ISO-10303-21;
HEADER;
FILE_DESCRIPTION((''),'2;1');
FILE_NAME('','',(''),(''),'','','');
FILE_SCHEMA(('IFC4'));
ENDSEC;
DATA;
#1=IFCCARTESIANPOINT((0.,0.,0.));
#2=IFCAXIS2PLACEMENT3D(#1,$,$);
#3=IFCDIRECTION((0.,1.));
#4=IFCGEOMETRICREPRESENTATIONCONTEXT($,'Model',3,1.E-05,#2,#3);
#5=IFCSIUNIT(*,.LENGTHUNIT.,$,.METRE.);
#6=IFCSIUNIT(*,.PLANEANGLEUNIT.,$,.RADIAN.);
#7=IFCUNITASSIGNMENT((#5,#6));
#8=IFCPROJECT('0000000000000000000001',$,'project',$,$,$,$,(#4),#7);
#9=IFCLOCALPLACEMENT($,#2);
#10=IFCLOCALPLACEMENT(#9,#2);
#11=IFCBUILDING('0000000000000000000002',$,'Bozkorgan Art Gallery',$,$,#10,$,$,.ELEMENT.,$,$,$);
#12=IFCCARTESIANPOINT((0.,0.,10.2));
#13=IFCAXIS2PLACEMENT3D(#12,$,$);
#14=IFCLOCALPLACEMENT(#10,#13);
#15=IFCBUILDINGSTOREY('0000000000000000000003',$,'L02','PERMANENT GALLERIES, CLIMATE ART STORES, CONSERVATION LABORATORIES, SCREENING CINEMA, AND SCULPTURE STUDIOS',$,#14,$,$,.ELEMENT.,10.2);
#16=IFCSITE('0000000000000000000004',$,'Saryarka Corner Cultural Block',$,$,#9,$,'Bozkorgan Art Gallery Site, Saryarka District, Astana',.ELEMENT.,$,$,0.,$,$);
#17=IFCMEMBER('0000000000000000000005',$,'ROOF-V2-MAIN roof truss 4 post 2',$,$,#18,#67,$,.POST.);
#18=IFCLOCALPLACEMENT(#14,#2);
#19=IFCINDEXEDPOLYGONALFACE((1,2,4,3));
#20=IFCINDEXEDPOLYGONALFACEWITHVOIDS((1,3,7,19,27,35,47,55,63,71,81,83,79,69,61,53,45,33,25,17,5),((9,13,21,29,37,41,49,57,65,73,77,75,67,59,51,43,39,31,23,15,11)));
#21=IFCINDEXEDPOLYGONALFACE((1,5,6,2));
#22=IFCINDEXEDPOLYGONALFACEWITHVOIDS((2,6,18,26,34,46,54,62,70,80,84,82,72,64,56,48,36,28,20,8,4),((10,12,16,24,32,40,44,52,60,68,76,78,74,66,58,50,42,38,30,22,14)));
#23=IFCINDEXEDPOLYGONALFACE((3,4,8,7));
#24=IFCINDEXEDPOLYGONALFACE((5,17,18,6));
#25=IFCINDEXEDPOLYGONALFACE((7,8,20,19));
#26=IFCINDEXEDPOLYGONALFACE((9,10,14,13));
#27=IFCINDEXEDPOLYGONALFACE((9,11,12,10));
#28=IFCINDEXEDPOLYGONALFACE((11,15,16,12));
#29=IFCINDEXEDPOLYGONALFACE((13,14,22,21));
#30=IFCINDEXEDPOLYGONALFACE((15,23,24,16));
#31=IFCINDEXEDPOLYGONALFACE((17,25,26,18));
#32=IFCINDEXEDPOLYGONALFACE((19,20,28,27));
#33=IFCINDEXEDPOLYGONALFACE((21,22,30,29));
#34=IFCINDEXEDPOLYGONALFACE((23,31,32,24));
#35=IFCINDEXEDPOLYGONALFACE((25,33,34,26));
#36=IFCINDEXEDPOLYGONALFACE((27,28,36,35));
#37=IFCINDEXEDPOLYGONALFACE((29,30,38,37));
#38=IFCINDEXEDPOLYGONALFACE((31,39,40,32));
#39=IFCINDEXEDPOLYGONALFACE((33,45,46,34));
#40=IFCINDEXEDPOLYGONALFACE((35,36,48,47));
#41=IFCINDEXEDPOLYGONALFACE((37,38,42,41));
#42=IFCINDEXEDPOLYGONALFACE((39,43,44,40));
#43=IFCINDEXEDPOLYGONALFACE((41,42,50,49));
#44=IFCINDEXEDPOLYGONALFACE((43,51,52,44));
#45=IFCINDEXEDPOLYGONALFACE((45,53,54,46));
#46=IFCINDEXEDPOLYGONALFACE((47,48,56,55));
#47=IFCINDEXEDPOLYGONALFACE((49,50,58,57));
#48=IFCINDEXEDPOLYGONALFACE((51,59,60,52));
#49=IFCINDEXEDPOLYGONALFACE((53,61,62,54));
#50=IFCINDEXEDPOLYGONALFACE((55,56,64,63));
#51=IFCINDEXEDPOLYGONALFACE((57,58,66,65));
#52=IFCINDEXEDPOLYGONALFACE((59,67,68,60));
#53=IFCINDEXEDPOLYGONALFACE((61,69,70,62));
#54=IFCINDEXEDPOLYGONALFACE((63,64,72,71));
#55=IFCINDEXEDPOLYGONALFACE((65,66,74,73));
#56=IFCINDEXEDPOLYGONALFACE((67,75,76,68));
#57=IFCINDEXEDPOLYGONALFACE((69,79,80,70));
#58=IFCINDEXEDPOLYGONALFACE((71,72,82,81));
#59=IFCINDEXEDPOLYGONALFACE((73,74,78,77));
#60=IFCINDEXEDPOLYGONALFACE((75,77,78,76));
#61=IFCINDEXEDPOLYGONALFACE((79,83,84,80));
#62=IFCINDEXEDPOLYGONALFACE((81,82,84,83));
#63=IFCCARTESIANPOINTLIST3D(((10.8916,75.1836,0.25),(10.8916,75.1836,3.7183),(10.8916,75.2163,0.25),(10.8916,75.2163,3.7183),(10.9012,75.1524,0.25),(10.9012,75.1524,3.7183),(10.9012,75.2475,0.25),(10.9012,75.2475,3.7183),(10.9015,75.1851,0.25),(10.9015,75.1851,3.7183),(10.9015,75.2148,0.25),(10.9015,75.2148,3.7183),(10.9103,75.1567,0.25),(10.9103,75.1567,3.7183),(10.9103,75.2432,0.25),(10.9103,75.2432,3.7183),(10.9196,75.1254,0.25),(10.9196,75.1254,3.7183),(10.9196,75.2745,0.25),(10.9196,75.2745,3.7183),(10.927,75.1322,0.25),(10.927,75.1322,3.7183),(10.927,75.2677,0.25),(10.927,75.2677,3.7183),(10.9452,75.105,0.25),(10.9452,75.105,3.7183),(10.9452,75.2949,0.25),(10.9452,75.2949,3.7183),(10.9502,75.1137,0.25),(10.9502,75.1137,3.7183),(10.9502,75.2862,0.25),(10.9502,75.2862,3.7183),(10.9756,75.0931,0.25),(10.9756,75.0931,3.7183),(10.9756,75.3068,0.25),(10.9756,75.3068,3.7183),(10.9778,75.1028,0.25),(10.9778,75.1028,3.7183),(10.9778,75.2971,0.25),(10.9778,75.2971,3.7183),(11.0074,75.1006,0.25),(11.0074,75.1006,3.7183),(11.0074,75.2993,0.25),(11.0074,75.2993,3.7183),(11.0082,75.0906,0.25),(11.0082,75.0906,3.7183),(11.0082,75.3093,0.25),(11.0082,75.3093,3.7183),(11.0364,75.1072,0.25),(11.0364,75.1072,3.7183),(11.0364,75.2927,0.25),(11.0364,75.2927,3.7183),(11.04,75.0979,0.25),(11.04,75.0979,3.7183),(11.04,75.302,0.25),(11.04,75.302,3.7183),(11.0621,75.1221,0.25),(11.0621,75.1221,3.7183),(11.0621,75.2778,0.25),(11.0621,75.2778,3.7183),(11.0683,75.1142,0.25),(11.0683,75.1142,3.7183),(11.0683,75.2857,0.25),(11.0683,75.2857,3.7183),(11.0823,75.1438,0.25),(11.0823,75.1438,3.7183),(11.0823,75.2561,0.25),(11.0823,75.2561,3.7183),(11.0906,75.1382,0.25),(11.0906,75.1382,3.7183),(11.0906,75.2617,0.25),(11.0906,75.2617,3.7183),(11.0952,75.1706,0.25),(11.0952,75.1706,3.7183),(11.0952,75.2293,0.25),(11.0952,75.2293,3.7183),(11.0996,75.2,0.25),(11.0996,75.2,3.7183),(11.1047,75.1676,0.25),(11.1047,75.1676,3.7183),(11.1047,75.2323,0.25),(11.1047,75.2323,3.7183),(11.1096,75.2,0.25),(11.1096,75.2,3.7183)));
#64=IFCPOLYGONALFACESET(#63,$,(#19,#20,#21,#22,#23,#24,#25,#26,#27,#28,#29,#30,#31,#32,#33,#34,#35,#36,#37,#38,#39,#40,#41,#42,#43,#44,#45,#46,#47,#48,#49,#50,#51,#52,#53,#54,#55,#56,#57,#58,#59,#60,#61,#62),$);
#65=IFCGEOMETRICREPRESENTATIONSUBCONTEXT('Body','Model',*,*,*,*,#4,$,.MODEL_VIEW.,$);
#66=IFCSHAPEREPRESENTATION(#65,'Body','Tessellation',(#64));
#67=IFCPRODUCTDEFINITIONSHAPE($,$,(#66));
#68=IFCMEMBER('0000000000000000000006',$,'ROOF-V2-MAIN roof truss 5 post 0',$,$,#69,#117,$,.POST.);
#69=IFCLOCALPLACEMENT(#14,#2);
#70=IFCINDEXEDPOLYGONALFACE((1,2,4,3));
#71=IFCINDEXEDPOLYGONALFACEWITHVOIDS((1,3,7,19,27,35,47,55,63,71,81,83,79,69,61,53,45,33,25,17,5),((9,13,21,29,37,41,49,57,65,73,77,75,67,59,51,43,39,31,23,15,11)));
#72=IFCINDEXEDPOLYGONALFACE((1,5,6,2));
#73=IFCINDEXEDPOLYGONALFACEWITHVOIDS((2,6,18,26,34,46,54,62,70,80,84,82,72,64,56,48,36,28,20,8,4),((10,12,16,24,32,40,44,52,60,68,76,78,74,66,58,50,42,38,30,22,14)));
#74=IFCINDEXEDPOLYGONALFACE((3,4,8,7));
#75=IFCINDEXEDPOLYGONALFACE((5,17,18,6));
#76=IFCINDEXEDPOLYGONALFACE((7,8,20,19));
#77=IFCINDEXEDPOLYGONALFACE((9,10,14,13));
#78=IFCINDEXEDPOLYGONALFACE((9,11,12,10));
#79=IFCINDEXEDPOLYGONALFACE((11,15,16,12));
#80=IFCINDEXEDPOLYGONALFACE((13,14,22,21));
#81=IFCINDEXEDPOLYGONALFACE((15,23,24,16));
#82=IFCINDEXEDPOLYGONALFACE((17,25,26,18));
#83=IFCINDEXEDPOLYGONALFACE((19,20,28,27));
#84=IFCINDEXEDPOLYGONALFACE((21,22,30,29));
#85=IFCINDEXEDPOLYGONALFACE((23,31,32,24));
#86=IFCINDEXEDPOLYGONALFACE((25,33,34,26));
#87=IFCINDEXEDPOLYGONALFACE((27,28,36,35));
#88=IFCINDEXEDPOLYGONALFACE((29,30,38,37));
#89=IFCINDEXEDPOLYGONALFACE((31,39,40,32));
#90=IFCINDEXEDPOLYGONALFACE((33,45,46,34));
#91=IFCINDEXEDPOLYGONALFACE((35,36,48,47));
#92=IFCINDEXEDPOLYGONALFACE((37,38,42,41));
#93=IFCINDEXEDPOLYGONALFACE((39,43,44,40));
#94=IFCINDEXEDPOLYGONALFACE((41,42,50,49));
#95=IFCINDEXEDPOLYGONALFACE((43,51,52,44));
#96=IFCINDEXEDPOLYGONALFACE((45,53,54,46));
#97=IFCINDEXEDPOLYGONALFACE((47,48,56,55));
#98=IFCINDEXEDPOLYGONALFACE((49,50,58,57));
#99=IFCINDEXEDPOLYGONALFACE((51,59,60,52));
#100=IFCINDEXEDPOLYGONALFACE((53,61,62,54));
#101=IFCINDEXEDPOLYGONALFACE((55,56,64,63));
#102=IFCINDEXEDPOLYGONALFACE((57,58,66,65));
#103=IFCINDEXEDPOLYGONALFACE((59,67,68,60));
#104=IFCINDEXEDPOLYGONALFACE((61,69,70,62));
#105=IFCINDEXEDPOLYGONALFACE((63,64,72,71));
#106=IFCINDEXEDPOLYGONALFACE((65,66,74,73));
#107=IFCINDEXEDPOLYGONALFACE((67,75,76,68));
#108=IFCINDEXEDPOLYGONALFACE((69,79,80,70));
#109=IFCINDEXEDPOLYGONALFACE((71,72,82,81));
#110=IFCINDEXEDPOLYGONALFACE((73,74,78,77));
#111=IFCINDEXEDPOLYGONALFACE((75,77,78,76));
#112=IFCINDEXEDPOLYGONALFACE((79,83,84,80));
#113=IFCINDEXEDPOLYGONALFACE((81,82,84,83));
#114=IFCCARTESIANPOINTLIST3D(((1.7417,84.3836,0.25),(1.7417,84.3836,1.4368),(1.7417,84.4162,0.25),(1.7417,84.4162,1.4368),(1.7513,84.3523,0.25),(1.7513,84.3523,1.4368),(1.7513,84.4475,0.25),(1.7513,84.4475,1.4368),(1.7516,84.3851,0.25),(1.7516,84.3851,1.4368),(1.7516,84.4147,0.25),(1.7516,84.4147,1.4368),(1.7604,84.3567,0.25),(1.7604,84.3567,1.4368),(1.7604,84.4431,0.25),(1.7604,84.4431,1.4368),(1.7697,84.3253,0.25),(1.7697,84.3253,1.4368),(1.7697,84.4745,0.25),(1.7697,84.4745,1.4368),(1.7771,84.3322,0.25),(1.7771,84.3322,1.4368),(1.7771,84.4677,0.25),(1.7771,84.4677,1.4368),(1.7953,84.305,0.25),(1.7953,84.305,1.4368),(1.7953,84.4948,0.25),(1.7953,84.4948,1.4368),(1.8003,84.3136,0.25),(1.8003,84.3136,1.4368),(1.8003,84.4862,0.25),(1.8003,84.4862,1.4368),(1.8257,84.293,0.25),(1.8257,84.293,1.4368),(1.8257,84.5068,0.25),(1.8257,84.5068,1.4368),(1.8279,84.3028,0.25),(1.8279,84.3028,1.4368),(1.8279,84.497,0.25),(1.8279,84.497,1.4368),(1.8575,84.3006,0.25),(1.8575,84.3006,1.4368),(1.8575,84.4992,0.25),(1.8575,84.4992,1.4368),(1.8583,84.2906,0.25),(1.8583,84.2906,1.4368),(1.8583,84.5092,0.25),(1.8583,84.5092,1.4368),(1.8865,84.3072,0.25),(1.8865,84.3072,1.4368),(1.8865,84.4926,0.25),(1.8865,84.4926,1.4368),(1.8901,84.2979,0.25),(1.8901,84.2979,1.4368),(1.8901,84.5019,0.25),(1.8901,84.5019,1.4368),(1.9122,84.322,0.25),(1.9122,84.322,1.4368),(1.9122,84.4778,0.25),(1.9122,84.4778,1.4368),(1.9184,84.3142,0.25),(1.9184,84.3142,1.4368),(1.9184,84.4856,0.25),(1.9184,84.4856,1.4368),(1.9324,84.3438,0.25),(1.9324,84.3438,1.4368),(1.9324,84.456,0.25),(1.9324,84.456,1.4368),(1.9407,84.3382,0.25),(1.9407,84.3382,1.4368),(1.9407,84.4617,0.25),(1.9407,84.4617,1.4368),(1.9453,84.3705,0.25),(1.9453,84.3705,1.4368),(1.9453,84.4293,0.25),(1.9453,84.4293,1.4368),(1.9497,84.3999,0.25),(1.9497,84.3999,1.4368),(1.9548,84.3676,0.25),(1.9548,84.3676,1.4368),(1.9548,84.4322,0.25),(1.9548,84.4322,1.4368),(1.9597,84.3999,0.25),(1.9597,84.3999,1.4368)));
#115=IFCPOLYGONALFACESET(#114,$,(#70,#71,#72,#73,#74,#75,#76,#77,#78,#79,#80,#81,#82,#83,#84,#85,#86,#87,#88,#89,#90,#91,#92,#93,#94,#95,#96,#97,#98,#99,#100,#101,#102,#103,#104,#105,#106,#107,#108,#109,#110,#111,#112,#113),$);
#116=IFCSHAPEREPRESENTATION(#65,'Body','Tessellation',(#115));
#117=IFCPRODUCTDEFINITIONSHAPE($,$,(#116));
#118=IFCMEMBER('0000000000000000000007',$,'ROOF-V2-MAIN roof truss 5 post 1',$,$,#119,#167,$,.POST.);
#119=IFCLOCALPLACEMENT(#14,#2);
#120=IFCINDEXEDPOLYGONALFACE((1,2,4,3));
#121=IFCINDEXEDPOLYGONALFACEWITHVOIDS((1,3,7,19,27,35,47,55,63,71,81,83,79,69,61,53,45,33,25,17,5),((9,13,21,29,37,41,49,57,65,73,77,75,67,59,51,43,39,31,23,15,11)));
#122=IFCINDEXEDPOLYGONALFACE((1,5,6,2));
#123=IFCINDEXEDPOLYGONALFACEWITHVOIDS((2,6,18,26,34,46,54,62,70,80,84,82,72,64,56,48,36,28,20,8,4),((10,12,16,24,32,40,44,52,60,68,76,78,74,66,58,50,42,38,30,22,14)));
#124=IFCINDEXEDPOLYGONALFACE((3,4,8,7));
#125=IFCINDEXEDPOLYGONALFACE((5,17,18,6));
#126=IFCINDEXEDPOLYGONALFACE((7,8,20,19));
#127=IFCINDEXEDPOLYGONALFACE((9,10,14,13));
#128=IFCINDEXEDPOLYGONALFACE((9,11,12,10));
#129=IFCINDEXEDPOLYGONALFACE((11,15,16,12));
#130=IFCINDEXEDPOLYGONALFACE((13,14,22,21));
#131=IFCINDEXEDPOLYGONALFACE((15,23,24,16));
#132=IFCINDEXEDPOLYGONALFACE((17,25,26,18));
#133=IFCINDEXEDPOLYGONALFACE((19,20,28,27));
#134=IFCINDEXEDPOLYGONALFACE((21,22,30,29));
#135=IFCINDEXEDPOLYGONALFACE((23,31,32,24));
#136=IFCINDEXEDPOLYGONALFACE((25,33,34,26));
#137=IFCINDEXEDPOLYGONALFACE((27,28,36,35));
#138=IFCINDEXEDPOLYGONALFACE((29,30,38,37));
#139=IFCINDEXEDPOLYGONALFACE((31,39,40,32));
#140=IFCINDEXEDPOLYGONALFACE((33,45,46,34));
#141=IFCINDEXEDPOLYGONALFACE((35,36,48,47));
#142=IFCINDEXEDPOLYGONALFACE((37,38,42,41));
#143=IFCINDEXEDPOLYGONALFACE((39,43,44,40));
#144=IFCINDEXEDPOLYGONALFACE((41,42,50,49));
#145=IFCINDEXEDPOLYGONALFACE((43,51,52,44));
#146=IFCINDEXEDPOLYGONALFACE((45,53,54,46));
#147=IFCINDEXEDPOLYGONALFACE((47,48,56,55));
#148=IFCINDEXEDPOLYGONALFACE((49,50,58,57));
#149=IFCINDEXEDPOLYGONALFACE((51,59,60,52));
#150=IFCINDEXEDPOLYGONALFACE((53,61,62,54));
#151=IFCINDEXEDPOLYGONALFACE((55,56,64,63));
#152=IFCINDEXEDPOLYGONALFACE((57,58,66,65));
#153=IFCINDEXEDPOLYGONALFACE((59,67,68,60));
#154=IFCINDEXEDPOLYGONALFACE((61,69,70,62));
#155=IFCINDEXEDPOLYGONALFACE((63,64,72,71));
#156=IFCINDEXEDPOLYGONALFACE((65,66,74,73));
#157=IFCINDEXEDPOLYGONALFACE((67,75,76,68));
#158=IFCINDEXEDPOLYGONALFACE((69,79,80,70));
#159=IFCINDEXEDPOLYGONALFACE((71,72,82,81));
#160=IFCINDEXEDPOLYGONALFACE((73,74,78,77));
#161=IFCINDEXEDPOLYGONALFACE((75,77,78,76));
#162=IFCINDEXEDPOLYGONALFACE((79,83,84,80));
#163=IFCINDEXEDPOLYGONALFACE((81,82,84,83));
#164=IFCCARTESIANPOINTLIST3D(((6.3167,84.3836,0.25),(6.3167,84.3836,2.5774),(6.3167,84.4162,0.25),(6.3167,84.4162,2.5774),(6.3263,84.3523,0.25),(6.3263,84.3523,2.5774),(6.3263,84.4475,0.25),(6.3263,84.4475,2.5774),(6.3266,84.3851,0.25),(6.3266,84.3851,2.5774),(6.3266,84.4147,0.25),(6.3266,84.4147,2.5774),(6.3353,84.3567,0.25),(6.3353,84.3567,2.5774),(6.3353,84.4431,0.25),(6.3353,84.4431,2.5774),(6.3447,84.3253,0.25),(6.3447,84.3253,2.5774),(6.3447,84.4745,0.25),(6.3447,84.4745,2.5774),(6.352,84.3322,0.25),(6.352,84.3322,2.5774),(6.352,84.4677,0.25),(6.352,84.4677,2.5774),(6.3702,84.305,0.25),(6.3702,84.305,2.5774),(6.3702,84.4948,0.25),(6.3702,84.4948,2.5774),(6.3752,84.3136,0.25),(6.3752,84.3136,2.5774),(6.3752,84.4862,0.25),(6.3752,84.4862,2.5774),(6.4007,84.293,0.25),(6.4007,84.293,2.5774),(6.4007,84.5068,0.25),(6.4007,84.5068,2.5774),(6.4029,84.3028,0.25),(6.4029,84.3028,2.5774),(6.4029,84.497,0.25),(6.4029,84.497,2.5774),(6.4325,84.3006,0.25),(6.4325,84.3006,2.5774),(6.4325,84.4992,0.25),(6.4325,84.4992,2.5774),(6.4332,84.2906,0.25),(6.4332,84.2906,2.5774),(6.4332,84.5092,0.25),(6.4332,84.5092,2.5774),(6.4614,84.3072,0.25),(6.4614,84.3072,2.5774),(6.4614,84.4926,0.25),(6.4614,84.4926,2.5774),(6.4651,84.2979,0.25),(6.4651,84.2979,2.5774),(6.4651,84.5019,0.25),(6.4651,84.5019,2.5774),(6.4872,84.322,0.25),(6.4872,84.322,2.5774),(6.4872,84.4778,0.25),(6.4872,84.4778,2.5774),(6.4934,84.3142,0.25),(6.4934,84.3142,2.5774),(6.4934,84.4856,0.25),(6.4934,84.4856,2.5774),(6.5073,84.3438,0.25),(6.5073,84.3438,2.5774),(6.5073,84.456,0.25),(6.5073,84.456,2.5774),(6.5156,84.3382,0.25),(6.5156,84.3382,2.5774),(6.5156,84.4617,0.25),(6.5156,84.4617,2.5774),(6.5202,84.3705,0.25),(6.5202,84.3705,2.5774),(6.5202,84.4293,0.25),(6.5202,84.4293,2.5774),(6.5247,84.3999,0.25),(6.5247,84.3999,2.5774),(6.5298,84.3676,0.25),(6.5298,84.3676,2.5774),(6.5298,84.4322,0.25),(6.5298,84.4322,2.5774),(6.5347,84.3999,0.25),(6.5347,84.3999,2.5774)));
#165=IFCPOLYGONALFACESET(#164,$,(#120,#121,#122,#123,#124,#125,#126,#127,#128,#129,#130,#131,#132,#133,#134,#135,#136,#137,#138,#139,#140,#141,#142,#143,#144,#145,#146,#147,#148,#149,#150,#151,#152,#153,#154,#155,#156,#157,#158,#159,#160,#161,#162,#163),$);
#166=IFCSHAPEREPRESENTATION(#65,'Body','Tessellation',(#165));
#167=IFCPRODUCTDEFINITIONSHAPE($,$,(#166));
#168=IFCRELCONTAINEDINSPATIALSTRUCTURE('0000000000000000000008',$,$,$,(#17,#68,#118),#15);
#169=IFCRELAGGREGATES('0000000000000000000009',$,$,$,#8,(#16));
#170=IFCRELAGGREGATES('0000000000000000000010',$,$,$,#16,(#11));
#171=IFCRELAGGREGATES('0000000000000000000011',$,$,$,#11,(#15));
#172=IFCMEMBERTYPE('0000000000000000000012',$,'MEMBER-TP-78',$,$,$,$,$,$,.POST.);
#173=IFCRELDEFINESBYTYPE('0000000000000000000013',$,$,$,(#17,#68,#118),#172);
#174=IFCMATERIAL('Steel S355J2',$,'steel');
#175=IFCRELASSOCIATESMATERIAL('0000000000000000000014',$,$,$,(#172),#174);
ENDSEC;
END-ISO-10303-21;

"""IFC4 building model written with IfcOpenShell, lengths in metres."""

from ifc_helpers import new_model, si_unit, direction, frame, origin, origin_2d, place, context, subcontext, project, spatial, hollow_circle, extrude, material, material_profile, profile_set, type_object, element, save


model = new_model("IFC4")

# Units and contexts
model_context = context("Model", 3, precision=1e-05, world=origin(), true_north=direction((0.0, 1.0)))
body_context = subcontext(model_context, "Body", "Model", "MODEL_VIEW")
ifc_project = project(units=[si_unit("LENGTHUNIT", "METRE"), si_unit("PLANEANGLEUNIT", "RADIAN")], contexts=[model_context])

# Site, building, storey
site_placement = place(None, origin())
site = spatial("IfcSite", under=ifc_project, at=site_placement, Name="Saryarka Corner Cultural Block", LongName="Bozkorgan Art Gallery Site, Saryarka District, Astana", CompositionType="ELEMENT", RefElevation=0.0)
building_placement = place(site_placement, origin())
building = spatial("IfcBuilding", under=site, at=building_placement, Name="Bozkorgan Art Gallery", CompositionType="ELEMENT")
storey_placement = place(building_placement, frame((0.0, 0.0, 10.2)))
storey = spatial("IfcBuildingStorey", under=building, at=storey_placement, Name="L02", Description="PERMANENT GALLERIES, CLIMATE ART STORES, CONSERVATION LABORATORIES, SCREENING CINEMA, AND SCULPTURE STUDIOS", CompositionType="ELEMENT", Elevation=10.2)

# Shared definitions
ifc_material_1 = material(Name="Steel S355J2", Category="steel")

# Members
ifc_material_profile_1 = material_profile(ifc_material_1, hollow_circle(Radius=0.1096, WallThickness=0.01, at=origin_2d()), Name="CHS 219.1x10")
ifc_profile_set_1 = profile_set([ifc_material_profile_1], Name="Steel S355J2")
member_type_1 = type_object("IfcMemberType", Name="MEMBER-TP-78", PredefinedType="POST", material=ifc_profile_set_1)
member_1_placement = place(storey_placement, frame((11.0, 75.2, 0.25), z_axis=(0.0, 0.0, 1.0), x_axis=(1.0, 0.0, 0.0)))
element("IfcMember", 1, at=member_1_placement, inside=storey, type_object=member_type_1, Name="ROOF-V2-MAIN roof truss 4 post 2", PredefinedType="POST", context=body_context, shape_type="SweptSolid", body=[
    extrude(hollow_circle(Radius=0.1096, WallThickness=0.01, at=origin_2d()), origin(), (0.0, 0.0, 1.0), 3.4683),
])
member_2_placement = place(storey_placement, frame((1.8501, 84.3999, 0.25), z_axis=(0.0, 0.0, 1.0), x_axis=(1.0, 0.0, 0.0)))
element("IfcMember", 2, at=member_2_placement, inside=storey, type_object=member_type_1, Name="ROOF-V2-MAIN roof truss 5 post 0", PredefinedType="POST", context=body_context, shape_type="SweptSolid", body=[
    extrude(hollow_circle(Radius=0.1096, WallThickness=0.01, at=origin_2d()), origin(), (0.0, 0.0, 1.0), 1.1868),
])
member_3_placement = place(storey_placement, frame((6.425, 84.3999, 0.25), z_axis=(0.0, 0.0, 1.0), x_axis=(1.0, 0.0, 0.0)))
element("IfcMember", 3, at=member_3_placement, inside=storey, type_object=member_type_1, Name="ROOF-V2-MAIN roof truss 5 post 1", PredefinedType="POST", context=body_context, shape_type="SweptSolid", body=[
    extrude(hollow_circle(Radius=0.1096, WallThickness=0.01, at=origin_2d()), origin(), (0.0, 0.0, 1.0), 2.3274),
])

save(model, "model.ifc")
